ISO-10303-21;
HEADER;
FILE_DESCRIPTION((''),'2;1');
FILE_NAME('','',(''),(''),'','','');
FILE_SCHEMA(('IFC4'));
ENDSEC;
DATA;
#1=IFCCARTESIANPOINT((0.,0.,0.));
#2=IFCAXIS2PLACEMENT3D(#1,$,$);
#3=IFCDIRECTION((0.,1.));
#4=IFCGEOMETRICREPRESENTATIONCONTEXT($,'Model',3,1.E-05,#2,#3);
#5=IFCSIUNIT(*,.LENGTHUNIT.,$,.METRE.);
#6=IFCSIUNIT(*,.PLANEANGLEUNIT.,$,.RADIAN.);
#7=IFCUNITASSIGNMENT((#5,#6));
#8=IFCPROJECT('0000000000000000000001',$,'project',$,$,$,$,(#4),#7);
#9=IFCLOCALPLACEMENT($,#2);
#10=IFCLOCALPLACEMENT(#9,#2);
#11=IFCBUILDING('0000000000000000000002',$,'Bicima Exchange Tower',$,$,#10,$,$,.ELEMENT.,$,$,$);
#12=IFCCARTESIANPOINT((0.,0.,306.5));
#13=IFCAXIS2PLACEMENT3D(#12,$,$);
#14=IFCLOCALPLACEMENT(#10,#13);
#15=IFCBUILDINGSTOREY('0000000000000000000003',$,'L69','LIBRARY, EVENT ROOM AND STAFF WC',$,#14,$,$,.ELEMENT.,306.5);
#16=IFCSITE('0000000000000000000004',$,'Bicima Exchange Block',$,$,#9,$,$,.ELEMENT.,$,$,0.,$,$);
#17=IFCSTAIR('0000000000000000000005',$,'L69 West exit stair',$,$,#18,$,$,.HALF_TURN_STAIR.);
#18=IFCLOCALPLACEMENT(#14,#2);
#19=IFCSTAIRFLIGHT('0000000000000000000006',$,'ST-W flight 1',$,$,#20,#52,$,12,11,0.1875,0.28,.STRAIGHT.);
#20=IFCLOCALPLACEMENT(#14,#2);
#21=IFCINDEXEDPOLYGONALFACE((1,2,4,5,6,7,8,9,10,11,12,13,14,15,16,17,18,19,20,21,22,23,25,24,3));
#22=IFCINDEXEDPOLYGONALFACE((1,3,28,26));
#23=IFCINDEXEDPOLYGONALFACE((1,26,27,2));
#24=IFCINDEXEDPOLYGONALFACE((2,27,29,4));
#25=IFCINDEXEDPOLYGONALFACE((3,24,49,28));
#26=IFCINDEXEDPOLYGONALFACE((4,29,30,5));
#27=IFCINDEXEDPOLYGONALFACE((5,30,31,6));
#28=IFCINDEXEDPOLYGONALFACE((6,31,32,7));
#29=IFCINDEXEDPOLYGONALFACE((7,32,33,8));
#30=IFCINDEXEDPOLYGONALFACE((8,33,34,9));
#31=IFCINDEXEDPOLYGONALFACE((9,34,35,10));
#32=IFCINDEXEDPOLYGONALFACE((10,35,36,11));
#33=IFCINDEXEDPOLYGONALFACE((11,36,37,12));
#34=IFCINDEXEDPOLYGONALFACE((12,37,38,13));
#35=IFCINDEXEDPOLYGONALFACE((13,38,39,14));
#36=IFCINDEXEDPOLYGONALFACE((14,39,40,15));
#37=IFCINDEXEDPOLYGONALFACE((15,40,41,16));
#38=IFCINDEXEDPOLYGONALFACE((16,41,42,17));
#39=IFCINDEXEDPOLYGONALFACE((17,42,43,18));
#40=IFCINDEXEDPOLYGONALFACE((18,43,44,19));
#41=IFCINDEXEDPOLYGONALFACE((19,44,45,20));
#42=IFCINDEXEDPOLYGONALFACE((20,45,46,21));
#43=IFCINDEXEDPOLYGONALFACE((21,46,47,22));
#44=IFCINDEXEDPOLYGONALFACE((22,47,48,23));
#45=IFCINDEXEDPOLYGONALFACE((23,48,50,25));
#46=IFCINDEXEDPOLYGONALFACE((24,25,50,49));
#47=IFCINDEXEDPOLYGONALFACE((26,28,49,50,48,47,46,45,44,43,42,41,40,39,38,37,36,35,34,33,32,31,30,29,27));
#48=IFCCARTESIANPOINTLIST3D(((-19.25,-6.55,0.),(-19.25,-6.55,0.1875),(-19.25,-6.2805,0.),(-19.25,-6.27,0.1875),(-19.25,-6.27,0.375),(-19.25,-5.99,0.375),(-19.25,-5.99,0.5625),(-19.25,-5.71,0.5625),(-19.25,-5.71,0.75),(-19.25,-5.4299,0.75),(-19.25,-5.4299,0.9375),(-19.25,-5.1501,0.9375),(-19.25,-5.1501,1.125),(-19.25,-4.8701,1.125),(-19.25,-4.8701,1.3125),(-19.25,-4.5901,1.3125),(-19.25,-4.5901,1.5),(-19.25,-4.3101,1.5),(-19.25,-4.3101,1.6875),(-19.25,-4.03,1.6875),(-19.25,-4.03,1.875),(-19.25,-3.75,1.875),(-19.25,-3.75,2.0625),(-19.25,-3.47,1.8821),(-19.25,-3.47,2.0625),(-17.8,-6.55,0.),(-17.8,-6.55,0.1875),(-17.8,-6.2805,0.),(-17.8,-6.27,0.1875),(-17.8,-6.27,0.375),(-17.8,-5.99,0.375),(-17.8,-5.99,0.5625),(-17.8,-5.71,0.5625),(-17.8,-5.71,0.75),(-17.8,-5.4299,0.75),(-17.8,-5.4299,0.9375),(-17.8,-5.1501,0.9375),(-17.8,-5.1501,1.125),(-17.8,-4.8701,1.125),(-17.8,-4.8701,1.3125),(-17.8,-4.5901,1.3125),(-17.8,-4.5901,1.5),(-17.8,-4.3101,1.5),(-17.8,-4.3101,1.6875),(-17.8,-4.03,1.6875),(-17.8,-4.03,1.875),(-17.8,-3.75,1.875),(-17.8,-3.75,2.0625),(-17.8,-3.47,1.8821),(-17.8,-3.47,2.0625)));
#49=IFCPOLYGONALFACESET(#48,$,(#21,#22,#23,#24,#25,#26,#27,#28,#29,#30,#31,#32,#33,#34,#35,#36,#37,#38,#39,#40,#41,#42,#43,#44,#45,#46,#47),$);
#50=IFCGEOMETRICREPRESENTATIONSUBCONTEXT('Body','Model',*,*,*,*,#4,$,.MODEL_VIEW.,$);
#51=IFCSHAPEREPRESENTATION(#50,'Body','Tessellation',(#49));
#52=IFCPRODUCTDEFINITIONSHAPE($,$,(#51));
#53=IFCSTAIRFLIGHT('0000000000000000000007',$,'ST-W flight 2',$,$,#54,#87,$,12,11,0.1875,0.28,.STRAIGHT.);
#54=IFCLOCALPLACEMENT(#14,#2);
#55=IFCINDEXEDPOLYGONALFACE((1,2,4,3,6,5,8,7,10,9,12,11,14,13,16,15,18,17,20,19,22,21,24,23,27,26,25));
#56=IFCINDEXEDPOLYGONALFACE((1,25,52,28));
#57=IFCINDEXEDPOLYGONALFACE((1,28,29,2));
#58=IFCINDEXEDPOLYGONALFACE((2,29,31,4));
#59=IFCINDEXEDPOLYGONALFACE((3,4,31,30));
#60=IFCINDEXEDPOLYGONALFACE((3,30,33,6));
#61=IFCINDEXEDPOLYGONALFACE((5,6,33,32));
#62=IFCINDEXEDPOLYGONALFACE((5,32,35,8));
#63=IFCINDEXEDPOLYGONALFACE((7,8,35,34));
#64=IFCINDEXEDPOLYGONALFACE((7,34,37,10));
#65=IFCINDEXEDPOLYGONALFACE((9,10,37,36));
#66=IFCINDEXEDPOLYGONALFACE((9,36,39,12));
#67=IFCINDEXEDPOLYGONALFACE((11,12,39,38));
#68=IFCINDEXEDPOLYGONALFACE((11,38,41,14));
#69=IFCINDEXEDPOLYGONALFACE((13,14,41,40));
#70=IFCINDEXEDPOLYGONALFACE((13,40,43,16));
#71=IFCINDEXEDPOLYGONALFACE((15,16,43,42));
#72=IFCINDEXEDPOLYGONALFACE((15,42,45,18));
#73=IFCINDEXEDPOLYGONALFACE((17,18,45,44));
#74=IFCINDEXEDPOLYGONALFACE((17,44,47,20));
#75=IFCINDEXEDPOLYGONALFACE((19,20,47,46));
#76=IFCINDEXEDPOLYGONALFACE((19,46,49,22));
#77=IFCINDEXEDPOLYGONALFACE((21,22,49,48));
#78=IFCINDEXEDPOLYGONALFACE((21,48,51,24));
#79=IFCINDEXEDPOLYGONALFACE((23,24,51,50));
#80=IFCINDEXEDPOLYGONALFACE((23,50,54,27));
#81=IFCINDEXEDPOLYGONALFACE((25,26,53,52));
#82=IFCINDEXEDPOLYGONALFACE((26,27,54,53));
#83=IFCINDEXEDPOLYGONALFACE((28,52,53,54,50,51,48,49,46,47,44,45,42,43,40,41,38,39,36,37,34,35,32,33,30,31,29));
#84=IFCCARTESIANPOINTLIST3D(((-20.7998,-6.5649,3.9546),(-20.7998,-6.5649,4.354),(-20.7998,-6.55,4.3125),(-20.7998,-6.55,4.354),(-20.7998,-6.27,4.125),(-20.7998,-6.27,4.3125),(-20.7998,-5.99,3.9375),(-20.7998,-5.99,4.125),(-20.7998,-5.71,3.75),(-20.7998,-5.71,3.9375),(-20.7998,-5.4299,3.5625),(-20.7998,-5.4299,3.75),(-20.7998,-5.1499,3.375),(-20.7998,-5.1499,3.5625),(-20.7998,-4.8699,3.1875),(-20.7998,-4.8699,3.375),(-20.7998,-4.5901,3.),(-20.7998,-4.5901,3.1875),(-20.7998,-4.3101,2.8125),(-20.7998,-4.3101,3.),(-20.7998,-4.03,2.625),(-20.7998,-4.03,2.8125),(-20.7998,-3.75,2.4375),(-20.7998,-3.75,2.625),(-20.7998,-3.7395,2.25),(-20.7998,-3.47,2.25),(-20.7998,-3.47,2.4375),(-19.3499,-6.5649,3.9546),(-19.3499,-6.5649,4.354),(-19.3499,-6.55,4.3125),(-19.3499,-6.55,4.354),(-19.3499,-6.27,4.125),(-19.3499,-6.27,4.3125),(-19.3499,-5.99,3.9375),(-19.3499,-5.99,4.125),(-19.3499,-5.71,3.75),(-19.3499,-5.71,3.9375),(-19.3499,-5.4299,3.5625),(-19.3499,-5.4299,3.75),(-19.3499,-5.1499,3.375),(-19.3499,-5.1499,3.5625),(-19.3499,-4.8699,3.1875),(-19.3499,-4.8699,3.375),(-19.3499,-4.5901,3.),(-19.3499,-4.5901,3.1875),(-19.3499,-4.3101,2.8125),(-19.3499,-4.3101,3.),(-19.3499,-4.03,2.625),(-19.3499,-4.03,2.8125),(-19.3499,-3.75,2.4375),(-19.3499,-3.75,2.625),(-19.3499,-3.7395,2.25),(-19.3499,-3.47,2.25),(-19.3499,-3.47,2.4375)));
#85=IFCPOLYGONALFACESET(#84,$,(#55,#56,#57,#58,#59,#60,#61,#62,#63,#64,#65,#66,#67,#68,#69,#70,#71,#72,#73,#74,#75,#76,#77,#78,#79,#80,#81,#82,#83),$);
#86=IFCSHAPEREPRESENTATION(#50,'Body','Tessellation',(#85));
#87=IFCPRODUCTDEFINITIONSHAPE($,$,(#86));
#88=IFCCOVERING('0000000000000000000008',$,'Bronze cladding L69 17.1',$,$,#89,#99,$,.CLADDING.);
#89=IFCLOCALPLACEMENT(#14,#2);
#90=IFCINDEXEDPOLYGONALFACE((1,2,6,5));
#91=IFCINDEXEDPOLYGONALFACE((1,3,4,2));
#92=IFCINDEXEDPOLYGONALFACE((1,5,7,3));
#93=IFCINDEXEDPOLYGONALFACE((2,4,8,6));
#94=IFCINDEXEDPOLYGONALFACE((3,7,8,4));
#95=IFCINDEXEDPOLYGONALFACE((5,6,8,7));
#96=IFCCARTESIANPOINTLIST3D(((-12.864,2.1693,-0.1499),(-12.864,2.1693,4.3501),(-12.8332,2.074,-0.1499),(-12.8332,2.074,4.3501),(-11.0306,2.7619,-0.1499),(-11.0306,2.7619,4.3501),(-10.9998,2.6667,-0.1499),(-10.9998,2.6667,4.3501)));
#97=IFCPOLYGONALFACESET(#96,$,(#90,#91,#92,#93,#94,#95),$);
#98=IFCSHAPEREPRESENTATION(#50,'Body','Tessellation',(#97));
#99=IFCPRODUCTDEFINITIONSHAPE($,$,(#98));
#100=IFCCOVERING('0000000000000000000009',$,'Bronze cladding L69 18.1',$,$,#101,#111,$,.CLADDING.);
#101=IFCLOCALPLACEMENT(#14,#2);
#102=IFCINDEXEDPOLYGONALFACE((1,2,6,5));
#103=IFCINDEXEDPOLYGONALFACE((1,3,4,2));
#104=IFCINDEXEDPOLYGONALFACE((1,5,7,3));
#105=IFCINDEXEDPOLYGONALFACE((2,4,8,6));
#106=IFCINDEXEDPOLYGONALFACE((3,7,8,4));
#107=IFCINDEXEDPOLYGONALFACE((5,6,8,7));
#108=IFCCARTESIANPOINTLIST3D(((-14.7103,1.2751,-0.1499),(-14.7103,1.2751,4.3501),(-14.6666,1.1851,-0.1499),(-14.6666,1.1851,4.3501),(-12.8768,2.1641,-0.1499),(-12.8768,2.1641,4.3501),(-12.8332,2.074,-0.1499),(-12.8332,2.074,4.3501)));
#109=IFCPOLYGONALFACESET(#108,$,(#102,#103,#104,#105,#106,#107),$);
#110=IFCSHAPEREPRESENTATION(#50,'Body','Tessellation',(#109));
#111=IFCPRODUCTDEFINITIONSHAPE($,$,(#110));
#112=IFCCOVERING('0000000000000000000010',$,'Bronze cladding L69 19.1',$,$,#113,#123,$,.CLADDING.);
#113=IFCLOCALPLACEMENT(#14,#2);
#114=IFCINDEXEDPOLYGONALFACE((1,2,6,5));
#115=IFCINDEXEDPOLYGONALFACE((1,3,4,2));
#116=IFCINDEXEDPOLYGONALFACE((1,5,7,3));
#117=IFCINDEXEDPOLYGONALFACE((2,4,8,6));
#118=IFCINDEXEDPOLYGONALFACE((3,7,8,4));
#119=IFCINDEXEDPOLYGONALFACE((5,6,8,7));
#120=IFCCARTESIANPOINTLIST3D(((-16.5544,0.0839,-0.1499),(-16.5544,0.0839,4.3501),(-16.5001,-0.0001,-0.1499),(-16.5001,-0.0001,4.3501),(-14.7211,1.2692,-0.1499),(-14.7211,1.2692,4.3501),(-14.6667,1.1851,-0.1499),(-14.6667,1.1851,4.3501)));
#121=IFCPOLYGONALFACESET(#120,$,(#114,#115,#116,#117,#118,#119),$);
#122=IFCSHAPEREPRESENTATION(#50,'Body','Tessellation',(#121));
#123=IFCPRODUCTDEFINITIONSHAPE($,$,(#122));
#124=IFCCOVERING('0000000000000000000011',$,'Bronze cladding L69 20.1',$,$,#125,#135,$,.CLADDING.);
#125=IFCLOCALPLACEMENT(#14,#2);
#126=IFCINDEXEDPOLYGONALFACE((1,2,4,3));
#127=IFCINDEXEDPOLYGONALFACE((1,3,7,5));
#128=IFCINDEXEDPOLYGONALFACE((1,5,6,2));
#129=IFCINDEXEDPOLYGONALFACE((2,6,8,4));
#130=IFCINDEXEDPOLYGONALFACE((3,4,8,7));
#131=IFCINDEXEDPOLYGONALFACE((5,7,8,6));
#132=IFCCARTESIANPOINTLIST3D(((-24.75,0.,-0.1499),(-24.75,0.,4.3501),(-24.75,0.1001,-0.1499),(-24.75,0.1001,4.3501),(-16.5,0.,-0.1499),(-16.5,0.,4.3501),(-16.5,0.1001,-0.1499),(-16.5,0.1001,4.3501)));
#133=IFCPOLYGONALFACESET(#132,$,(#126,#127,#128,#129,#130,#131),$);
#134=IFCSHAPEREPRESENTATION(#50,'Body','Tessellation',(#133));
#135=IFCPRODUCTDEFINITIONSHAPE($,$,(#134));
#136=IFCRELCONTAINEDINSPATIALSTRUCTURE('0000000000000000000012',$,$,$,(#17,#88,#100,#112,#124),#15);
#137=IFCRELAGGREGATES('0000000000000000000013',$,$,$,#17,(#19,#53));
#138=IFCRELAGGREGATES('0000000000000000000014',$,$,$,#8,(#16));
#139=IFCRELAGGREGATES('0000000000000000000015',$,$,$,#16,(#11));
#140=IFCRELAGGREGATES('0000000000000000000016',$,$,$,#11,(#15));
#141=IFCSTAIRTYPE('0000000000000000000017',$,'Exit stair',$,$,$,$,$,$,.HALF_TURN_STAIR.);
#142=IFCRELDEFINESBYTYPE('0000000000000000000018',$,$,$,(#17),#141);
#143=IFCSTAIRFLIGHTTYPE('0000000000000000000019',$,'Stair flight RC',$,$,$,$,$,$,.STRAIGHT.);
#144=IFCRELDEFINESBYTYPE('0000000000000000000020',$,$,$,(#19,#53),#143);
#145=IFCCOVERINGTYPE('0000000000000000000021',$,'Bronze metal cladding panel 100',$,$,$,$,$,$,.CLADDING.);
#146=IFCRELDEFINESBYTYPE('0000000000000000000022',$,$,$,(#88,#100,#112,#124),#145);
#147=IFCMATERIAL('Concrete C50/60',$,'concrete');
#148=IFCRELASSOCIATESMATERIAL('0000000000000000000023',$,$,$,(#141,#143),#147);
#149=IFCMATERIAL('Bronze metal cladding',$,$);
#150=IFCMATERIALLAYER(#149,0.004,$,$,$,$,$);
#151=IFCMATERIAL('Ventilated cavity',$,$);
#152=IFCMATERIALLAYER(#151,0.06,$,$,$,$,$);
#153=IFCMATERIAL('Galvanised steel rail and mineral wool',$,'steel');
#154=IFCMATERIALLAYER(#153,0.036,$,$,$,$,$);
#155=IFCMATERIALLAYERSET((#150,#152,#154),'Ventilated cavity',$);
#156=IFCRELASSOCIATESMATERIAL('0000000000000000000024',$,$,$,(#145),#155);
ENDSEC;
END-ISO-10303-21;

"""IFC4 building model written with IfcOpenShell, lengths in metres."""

from ifc_helpers import new_model, si_unit, direction, frame, origin, origin_2d, place, context, subcontext, project, spatial, polyline, rectangle, outline, extrude, material, layer, layer_set, type_object, element, aggregate, save


model = new_model("IFC4")

# Units and contexts
model_context = context("Model", 3, precision=1e-05, world=origin(), true_north=direction((0.0, 1.0)))
body_context = subcontext(model_context, "Body", "Model", "MODEL_VIEW")
ifc_project = project(units=[si_unit("LENGTHUNIT", "METRE"), si_unit("PLANEANGLEUNIT", "RADIAN")], contexts=[model_context])

# Site, building, storey
site_placement = place(None, origin())
site = spatial("IfcSite", under=ifc_project, at=site_placement, Name="Bicima Exchange Block", CompositionType="ELEMENT", RefElevation=0.0)
building_placement = place(site_placement, origin())
building = spatial("IfcBuilding", under=site, at=building_placement, Name="Bicima Exchange Tower", CompositionType="ELEMENT")
storey_placement = place(building_placement, frame((0.0, 0.0, 306.5)))
storey = spatial("IfcBuildingStorey", under=building, at=storey_placement, Name="L69", Description="LIBRARY, EVENT ROOM AND STAFF WC", CompositionType="ELEMENT", Elevation=306.5)

# Shared definitions
ifc_material_1 = material(Name="Concrete C50/60", Category="concrete")

# Stair, stair flights
stair_type = type_object("IfcStairType", Name="Exit stair", PredefinedType="HALF_TURN_STAIR", material=ifc_material_1)
stair_placement = place(storey_placement, origin())
stair = element("IfcStair", 1, at=stair_placement, inside=storey, type_object=stair_type, Name="L69 West exit stair", PredefinedType="HALF_TURN_STAIR")
stair_flight_type = type_object("IfcStairFlightType", Name="Stair flight RC", PredefinedType="STRAIGHT", material=ifc_material_1)
stair_flight_1_placement = place(storey_placement, frame((-18.5249, -6.55, 0.0), z_axis=(0.0, 0.0, 1.0), x_axis=(0.0, 1.0, 0.0)))
stair_flight_1 = element("IfcStairFlight", 2, at=stair_flight_1_placement, type_object=stair_flight_type, Name="ST-W flight 1", NumberOfRisers=12, NumberOfTreads=11, PredefinedType="STRAIGHT", RiserHeight=0.1875, TreadLength=0.28, context=body_context, shape_type="SweptSolid", body=[
    extrude(outline(polyline([(0.0, 0.0), (0.0, 0.1875), (0.28, 0.1875), (0.28, 0.375), (0.5601, 0.375), (0.5601, 0.5625), (0.8401, 0.5625), (0.8401, 0.75), (1.1201, 0.75), (1.1201, 0.9375), (1.3999, 0.9375), (1.3999, 1.125), (1.6799, 1.125), (1.6799, 1.3125), (1.96, 1.3125), (1.96, 1.5), (2.24, 1.5), (2.24, 1.6875), (2.52, 1.6875), (2.52, 1.875), (2.8, 1.875), (2.8, 2.0625), (3.0801, 2.0625), (3.0801, 2.25), (3.0801, 1.8821), (0.2695, 0.0), (0.0, 0.0)])), frame((0.0, 0.7251, 0.0), z_axis=(0.0, -1.0, 0.0), x_axis=(1.0, 0.0, 0.0)), (0.0, 0.0, 1.0), 1.45),
])
stair_flight_2_placement = place(storey_placement, frame((-20.075, -3.47, 2.25), z_axis=(0.0, 0.0, 1.0), x_axis=(0.0, -1.0, 0.0)))
stair_flight_2 = element("IfcStairFlight", 3, at=stair_flight_2_placement, type_object=stair_flight_type, Name="ST-W flight 2", NumberOfRisers=12, NumberOfTreads=11, PredefinedType="STRAIGHT", RiserHeight=0.1875, TreadLength=0.28, context=body_context, shape_type="SweptSolid", body=[
    extrude(outline(polyline([(0.0, 0.0), (0.0, 0.1875), (0.28, 0.1875), (0.28, 0.375), (0.5601, 0.375), (0.5601, 0.5625), (0.8401, 0.5625), (0.8401, 0.75), (1.1201, 0.75), (1.1201, 0.9375), (1.3999, 0.9375), (1.3999, 1.125), (1.6799, 1.125), (1.6799, 1.3125), (1.96, 1.3125), (1.96, 1.5), (2.24, 1.5), (2.24, 1.6875), (2.52, 1.6875), (2.52, 1.875), (2.8, 1.875), (2.8, 2.0625), (3.0801, 2.0625), (3.0801, 2.104), (3.095, 2.104), (3.095, 1.7046), (0.2695, 0.0), (0.0, 0.0)])), frame((0.0, 0.7251, 0.0), z_axis=(0.0, -1.0, 0.0), x_axis=(1.0, 0.0, 0.0)), (0.0, 0.0, 1.0), 1.45),
])
aggregate(stair, [stair_flight_1, stair_flight_2])

# Coverings
ifc_material_2 = material(Name="Bronze metal cladding")
ifc_layer_1 = layer(ifc_material_2, 0.004)
ifc_material_3 = material(Name="Ventilated cavity")
ifc_layer_2 = layer(ifc_material_3, 0.06)
ifc_material_4 = material(Name="Galvanised steel rail and mineral wool", Category="steel")
ifc_layer_3 = layer(ifc_material_4, 0.036)
ifc_layer_set_1 = layer_set([ifc_layer_1, ifc_layer_2, ifc_layer_3], Name="Ventilated cavity")
covering_type = type_object("IfcCoveringType", Name="Bronze metal cladding panel 100", PredefinedType="CLADDING", material=ifc_layer_set_1)
covering_1_placement = place(storey_placement, frame((-11.9319, 2.418, -0.1499), z_axis=(0.0, 0.0, 1.0), x_axis=(-0.951525, -0.307573, 0.0)))
element("IfcCovering", 4, at=covering_1_placement, inside=storey, type_object=covering_type, Name="Bronze cladding L69 17.1", PredefinedType="CLADDING", context=body_context, shape_type="SweptSolid", body=[
    extrude(rectangle(XDim=1.9268, YDim=0.1001, at=origin_2d()), origin(), (0.0, 0.0, 1.0), 4.5),
])
covering_2_placement = place(storey_placement, frame((-13.7717, 1.6746, -0.1499), z_axis=(0.0, 0.0, 1.0), x_axis=(-0.899818, -0.436265, 0.0)))
element("IfcCovering", 5, at=covering_2_placement, inside=storey, type_object=covering_type, Name="Bronze cladding L69 18.1", PredefinedType="CLADDING", context=body_context, shape_type="SweptSolid", body=[
    extrude(rectangle(XDim=2.0376, YDim=0.1001, at=origin_2d()), origin(), (0.0, 0.0, 1.0), 4.5),
])
covering_3_placement = place(storey_placement, frame((-15.6106, 0.6345, -0.1499), z_axis=(0.0, 0.0, 1.0), x_axis=(-0.83979, -0.542911, 0.0)))
element("IfcCovering", 6, at=covering_3_placement, inside=storey, type_object=covering_type, Name="Bronze cladding L69 19.1", PredefinedType="CLADDING", context=body_context, shape_type="SweptSolid", body=[
    extrude(rectangle(XDim=2.1831, YDim=0.1001, at=origin_2d()), origin(), (0.0, 0.0, 1.0), 4.5),
])
covering_4_placement = place(storey_placement, frame((-20.625, 0.05, -0.1499), z_axis=(0.0, 0.0, 1.0), x_axis=(-1.0, 0.0, 0.0)))
element("IfcCovering", 7, at=covering_4_placement, inside=storey, type_object=covering_type, Name="Bronze cladding L69 20.1", PredefinedType="CLADDING", context=body_context, shape_type="SweptSolid", body=[
    extrude(rectangle(XDim=8.25, YDim=0.1001, at=origin_2d()), origin(), (0.0, 0.0, 1.0), 4.5),
])

save(model, "model.ifc")
